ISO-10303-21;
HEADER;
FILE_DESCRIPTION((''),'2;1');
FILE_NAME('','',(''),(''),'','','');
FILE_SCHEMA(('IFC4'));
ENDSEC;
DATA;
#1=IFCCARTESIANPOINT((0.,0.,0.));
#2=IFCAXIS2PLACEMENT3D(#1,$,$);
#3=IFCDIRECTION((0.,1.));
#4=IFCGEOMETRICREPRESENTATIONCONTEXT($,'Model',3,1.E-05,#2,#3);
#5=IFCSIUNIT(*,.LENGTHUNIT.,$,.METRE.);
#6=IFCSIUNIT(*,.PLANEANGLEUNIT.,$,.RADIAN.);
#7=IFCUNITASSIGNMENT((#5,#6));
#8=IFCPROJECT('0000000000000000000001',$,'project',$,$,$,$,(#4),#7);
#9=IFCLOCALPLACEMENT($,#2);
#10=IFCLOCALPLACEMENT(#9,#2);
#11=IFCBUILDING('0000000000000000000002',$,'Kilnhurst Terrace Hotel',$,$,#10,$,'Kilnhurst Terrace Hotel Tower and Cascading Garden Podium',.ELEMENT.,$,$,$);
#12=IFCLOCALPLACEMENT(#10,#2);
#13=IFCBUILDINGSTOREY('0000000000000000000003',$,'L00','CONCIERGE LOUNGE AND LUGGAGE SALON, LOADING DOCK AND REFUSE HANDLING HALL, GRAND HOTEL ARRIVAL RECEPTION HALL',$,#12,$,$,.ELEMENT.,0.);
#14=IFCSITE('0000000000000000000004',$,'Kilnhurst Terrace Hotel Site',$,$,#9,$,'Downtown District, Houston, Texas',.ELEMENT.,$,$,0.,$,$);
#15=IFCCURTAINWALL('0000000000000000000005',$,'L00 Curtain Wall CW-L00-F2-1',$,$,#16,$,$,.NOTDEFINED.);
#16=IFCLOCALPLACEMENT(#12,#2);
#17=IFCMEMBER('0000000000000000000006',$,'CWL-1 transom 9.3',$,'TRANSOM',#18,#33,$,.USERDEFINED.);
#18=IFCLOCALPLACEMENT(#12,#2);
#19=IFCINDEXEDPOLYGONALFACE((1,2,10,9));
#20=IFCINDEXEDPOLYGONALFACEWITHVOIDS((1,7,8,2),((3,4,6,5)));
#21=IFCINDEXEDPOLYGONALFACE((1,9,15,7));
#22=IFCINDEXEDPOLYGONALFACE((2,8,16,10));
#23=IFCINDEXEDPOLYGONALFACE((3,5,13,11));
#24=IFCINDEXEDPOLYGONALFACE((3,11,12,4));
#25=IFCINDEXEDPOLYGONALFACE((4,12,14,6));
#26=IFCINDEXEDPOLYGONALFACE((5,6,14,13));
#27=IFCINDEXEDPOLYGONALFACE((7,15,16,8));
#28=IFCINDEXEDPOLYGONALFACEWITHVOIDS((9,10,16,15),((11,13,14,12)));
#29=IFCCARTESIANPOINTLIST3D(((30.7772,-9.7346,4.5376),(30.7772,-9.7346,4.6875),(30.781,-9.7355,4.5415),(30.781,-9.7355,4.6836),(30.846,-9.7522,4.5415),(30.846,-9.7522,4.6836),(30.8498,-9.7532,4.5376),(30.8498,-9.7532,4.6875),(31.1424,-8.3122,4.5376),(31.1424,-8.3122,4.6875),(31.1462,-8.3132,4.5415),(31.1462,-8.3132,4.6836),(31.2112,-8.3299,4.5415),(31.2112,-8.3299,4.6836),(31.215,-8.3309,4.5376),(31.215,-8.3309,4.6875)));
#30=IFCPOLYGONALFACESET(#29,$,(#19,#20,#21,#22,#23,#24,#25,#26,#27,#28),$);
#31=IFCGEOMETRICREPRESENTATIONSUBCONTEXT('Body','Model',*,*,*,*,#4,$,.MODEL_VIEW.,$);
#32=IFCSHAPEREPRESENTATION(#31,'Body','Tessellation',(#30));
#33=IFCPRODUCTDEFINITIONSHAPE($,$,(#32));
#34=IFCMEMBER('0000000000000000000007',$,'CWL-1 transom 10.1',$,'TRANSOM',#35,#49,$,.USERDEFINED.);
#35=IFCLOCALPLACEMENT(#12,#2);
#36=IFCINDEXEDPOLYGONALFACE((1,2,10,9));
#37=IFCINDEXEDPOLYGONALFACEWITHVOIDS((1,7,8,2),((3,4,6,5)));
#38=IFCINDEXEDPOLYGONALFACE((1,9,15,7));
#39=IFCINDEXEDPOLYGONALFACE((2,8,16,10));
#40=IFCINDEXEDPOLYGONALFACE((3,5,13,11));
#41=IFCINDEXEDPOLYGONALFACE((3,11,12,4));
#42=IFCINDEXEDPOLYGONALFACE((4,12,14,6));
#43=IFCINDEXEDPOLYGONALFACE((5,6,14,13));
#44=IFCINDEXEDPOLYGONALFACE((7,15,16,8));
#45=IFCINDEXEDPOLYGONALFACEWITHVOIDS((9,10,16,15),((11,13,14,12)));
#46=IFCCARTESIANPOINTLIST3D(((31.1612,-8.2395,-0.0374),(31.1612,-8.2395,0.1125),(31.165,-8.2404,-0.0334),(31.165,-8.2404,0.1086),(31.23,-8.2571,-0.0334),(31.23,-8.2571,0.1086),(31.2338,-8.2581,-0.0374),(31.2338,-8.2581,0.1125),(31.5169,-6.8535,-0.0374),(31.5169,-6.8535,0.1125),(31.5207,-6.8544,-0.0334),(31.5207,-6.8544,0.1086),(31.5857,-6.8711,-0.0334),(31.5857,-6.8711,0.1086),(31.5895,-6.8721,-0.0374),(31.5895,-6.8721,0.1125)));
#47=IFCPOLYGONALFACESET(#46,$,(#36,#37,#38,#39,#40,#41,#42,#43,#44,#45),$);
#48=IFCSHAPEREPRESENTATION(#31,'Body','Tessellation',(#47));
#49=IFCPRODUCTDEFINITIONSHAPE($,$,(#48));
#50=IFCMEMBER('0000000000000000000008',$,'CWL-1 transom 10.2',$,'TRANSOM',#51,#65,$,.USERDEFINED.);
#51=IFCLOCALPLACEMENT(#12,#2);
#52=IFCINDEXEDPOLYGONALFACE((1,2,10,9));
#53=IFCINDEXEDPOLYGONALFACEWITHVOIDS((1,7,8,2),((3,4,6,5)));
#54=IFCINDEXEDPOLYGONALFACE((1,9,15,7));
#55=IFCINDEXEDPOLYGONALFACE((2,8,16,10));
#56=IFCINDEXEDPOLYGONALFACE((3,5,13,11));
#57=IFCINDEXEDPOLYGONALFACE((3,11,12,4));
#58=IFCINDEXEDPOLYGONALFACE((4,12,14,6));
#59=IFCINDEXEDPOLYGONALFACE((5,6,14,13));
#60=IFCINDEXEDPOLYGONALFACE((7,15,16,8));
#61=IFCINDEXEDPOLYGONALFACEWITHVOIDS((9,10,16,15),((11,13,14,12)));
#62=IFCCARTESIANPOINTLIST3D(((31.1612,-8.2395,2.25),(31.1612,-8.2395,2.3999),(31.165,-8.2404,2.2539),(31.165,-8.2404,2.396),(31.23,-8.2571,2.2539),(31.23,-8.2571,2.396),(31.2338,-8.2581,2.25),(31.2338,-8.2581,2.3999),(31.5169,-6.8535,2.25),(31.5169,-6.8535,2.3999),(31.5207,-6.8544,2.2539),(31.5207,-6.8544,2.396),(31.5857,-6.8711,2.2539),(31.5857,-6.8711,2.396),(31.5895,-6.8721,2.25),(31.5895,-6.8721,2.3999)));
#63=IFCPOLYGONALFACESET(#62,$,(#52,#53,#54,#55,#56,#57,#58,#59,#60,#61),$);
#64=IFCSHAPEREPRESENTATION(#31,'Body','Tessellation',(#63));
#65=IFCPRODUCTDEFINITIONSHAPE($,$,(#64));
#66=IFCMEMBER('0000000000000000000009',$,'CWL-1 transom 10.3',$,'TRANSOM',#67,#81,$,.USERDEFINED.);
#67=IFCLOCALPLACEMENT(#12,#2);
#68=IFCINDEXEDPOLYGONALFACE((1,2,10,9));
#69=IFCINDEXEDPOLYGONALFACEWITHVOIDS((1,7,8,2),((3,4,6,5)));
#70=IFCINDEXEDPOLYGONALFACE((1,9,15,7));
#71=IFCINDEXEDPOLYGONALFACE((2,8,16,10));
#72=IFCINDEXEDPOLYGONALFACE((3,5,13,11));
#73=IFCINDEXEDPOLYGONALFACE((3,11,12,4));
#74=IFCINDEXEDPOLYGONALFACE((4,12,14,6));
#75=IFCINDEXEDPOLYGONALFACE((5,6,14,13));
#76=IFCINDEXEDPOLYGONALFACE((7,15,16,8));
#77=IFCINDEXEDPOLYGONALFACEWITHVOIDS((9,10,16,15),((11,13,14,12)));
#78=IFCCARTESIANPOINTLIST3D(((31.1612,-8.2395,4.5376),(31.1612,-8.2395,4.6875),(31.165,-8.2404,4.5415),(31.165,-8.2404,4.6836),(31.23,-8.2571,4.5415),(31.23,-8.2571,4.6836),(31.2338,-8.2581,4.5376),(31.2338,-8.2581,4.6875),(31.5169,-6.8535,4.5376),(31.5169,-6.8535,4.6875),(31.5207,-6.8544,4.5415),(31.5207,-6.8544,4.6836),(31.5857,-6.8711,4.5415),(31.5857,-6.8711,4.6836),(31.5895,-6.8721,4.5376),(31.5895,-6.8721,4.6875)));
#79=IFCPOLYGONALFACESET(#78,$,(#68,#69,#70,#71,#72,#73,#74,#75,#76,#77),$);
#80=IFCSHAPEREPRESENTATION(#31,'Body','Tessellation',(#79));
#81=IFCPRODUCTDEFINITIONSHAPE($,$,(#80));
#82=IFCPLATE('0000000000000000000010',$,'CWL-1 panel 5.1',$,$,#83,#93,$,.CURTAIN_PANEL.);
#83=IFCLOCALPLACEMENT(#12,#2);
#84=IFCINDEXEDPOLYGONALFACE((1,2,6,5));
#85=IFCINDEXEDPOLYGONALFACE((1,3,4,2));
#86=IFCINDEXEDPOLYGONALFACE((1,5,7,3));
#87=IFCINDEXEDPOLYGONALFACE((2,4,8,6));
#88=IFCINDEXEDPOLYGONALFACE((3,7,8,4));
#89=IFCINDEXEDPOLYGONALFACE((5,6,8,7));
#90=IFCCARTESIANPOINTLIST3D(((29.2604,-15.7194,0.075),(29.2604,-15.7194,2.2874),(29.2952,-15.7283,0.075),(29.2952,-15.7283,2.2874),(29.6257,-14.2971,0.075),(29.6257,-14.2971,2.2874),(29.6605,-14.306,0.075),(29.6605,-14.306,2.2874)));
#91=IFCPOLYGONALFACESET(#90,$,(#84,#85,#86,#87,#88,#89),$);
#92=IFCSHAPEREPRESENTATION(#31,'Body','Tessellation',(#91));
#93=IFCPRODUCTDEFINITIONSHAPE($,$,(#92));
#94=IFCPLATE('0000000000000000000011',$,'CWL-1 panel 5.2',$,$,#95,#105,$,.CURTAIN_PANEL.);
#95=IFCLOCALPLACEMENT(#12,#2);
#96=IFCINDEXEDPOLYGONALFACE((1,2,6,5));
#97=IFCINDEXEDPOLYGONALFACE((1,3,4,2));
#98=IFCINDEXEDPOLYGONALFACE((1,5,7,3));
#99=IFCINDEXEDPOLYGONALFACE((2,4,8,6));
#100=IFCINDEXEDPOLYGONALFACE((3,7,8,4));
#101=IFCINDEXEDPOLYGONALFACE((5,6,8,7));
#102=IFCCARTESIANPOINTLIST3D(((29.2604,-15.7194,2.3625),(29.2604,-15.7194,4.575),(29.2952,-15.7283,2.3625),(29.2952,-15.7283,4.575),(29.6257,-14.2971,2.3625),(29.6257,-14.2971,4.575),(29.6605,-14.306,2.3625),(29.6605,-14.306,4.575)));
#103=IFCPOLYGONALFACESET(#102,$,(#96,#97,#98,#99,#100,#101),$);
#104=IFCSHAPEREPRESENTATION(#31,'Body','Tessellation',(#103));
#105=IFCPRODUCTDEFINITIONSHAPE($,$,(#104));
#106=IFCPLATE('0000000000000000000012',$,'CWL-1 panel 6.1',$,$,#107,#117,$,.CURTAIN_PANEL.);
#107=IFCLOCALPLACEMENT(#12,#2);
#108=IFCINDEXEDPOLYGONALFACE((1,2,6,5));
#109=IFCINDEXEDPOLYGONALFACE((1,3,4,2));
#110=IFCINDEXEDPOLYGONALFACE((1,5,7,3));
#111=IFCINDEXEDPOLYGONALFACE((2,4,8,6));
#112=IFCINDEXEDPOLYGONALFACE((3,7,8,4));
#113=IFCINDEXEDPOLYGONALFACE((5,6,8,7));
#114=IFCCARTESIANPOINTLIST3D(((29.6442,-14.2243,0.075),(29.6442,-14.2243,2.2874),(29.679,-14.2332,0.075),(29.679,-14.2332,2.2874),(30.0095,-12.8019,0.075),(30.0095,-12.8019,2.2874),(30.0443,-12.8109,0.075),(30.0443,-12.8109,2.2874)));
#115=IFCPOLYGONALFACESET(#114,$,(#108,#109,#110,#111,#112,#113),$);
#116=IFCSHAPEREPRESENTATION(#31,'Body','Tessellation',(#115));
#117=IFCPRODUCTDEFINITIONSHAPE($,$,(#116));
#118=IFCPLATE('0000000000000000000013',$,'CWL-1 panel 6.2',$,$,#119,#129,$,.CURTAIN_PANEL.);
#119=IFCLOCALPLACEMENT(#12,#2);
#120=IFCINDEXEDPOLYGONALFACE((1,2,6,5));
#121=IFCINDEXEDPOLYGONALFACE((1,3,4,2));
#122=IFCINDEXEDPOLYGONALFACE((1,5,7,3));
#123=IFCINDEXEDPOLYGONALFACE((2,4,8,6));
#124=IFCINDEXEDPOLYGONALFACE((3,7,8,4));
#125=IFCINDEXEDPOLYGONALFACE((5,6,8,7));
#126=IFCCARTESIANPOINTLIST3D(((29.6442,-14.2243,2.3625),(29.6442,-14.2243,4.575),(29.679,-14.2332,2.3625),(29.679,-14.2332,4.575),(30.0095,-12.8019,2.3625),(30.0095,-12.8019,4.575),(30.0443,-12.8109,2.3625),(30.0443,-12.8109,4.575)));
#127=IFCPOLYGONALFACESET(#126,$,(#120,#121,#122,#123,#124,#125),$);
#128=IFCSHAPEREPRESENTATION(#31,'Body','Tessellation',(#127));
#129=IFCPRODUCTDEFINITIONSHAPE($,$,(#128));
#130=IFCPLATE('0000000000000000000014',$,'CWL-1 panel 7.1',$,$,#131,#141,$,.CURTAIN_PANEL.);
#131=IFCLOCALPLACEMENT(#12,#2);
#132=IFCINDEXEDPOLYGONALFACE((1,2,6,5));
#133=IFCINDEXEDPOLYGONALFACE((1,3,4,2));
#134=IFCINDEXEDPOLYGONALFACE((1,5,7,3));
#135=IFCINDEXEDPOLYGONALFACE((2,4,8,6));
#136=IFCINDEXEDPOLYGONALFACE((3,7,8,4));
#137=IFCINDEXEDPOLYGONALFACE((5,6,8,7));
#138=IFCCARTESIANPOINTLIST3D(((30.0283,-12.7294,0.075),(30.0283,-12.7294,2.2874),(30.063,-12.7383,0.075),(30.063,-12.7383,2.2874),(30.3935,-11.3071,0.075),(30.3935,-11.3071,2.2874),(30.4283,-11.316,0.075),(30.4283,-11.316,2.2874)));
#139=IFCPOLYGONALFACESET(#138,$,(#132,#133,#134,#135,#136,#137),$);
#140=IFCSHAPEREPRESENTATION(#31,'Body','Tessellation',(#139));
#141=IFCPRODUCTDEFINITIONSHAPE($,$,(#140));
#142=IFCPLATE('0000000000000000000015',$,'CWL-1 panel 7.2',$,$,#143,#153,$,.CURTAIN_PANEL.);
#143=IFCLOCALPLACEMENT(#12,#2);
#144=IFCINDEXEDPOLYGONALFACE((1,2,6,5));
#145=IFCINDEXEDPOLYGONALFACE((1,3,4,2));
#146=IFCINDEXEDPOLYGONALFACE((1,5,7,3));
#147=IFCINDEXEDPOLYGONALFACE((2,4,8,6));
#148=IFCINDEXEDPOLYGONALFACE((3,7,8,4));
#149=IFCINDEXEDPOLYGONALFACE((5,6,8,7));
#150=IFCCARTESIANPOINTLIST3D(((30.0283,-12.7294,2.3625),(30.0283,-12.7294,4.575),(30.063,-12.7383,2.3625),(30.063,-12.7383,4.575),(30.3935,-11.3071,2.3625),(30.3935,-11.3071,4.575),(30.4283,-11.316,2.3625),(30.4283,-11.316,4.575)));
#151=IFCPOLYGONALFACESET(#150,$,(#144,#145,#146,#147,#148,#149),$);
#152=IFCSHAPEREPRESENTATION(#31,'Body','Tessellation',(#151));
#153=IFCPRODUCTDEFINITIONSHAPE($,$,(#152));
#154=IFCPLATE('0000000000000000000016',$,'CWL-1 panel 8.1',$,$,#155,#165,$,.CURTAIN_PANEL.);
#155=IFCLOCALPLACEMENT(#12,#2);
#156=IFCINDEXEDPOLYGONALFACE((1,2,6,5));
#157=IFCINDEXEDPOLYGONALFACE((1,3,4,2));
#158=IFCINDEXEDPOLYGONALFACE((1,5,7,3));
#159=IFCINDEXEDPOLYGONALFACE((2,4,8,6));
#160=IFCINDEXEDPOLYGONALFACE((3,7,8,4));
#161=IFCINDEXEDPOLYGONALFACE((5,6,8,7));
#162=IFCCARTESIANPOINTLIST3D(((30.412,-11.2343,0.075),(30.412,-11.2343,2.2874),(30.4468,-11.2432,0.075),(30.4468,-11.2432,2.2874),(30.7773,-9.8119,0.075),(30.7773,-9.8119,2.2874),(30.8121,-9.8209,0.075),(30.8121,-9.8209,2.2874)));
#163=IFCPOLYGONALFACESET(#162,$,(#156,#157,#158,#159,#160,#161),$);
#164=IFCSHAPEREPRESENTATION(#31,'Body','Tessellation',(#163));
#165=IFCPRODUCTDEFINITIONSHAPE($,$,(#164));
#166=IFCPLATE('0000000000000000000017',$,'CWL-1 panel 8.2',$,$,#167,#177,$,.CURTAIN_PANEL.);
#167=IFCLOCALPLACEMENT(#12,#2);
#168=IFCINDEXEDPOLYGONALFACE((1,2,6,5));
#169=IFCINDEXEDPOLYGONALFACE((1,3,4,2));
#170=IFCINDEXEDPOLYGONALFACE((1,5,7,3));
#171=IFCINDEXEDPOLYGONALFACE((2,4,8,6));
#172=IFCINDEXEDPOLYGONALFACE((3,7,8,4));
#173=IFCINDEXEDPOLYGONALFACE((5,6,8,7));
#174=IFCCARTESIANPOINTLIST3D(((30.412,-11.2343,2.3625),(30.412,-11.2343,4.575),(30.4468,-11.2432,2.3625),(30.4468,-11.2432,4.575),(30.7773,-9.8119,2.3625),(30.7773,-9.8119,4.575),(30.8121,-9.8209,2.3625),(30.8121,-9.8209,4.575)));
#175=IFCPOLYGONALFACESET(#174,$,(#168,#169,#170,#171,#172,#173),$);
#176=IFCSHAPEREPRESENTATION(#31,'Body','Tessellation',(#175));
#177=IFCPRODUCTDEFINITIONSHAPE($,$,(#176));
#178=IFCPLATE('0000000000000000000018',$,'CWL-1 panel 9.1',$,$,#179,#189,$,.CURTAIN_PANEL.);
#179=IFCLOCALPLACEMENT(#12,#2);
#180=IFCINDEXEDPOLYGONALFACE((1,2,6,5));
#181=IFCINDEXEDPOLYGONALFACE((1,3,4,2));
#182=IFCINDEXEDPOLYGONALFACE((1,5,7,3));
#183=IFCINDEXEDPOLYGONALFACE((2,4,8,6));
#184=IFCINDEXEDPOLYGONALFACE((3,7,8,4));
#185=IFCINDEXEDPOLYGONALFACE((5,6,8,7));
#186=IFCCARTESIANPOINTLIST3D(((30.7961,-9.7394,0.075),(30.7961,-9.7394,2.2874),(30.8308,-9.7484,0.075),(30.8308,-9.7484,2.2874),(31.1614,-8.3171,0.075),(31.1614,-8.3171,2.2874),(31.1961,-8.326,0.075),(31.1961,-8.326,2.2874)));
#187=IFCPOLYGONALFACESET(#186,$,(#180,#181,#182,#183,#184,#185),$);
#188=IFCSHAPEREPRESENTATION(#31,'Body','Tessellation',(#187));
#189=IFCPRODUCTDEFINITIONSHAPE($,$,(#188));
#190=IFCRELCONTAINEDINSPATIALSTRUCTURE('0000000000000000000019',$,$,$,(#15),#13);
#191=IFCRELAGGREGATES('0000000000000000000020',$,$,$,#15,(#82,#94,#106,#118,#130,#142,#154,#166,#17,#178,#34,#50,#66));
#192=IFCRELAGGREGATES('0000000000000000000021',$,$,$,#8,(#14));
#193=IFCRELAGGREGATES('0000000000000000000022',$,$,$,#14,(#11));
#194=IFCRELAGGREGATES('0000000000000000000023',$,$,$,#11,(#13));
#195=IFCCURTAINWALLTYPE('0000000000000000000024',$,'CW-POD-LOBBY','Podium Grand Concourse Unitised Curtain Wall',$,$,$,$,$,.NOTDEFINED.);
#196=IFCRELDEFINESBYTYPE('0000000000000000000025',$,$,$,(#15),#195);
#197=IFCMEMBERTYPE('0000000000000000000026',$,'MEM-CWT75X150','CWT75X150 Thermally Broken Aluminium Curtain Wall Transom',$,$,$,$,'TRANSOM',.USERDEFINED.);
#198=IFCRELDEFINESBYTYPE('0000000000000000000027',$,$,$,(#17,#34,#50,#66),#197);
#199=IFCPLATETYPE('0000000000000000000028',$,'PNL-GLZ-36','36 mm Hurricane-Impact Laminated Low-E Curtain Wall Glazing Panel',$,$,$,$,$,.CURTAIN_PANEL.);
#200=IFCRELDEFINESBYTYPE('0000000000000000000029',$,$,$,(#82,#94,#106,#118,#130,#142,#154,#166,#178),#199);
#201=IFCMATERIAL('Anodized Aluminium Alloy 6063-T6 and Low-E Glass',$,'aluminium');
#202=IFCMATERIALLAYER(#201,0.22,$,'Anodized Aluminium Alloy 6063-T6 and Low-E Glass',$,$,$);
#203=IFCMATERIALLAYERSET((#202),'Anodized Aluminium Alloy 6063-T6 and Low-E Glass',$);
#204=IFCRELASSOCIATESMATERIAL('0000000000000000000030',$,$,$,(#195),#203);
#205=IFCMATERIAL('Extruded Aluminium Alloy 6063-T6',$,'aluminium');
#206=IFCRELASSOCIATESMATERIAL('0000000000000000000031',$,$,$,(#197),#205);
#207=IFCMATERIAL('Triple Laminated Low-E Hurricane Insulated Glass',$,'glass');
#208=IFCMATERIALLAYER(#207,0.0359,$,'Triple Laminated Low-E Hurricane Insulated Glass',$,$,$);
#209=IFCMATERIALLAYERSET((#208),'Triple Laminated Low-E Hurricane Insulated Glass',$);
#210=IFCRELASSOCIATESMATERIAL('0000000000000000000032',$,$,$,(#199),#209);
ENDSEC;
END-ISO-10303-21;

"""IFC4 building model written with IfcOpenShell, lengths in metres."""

from ifc_helpers import new_model, si_unit, direction, frame, origin, origin_2d, place, context, subcontext, project, spatial, rectangle, hollow_rectangle, extrude, material, layer, layer_set, material_profile, profile_set, type_object, element, aggregate, save


model = new_model("IFC4")

# Units and contexts
model_context = context("Model", 3, precision=1e-05, world=origin(), true_north=direction((0.0, 1.0)))
body_context = subcontext(model_context, "Body", "Model", "MODEL_VIEW")
ifc_project = project(units=[si_unit("LENGTHUNIT", "METRE"), si_unit("PLANEANGLEUNIT", "RADIAN")], contexts=[model_context])

# Site, building, storey
site_placement = place(None, origin())
site = spatial("IfcSite", under=ifc_project, at=site_placement, Name="Kilnhurst Terrace Hotel Site", LongName="Downtown District, Houston, Texas", CompositionType="ELEMENT", RefElevation=0.0)
building_placement = place(site_placement, origin())
building = spatial("IfcBuilding", under=site, at=building_placement, Name="Kilnhurst Terrace Hotel", LongName="Kilnhurst Terrace Hotel Tower and Cascading Garden Podium", CompositionType="ELEMENT")
storey_placement = place(building_placement, origin())
storey = spatial("IfcBuildingStorey", under=building, at=storey_placement, Name="L00", Description="CONCIERGE LOUNGE AND LUGGAGE SALON, LOADING DOCK AND REFUSE HANDLING HALL, GRAND HOTEL ARRIVAL RECEPTION HALL", CompositionType="ELEMENT", Elevation=0.0)

# Curtain wall, members, plates
ifc_material_1 = material(Name="Anodized Aluminium Alloy 6063-T6 and Low-E Glass", Category="aluminium")
ifc_layer_1 = layer(ifc_material_1, 0.22, Name="Anodized Aluminium Alloy 6063-T6 and Low-E Glass")
ifc_layer_set_1 = layer_set([ifc_layer_1], Name="Anodized Aluminium Alloy 6063-T6 and Low-E Glass")
curtain_wall_type = type_object("IfcCurtainWallType", Name="CW-POD-LOBBY", Description="Podium Grand Concourse Unitised Curtain Wall", PredefinedType="NOTDEFINED", material=ifc_layer_set_1)
curtain_wall_placement = place(storey_placement, origin())
curtain_wall = element("IfcCurtainWall", 1, at=curtain_wall_placement, inside=storey, type_object=curtain_wall_type, Name="L00 Curtain Wall CW-L00-F2-1", PredefinedType="NOTDEFINED")
ifc_material_2 = material(Name="Extruded Aluminium Alloy 6063-T6", Category="aluminium")
ifc_material_profile_1 = material_profile(ifc_material_2, hollow_rectangle(XDim=0.075, YDim=0.1499, WallThickness=0.0039, at=origin_2d()), Name="CWT75X150")
ifc_profile_set_1 = profile_set([ifc_material_profile_1], Name="Extruded Aluminium Alloy 6063-T6")
member_type_1 = type_object("IfcMemberType", Name="MEM-CWT75X150", Description="CWT75X150 Thermally Broken Aluminium Curtain Wall Transom", ElementType="TRANSOM", PredefinedType="USERDEFINED", material=ifc_profile_set_1)
member_1_placement = place(storey_placement, frame((30.8135, -9.7439, 4.6125), z_axis=(0.248711, 0.968578, 0.0), x_axis=(-0.968578, 0.248711, 0.0)))
member_1 = element("IfcMember", 2, at=member_1_placement, type_object=member_type_1, Name="CWL-1 transom 9.3", ObjectType="TRANSOM", PredefinedType="USERDEFINED", context=body_context, shape_type="SweptSolid", body=[
    extrude(hollow_rectangle(XDim=0.075, YDim=0.1499, WallThickness=0.0039, at=origin_2d()), origin(), (0.0, 0.0, 1.0), 1.4685),
])
member_2_placement = place(storey_placement, frame((31.1975, -8.2488, 0.0376), z_axis=(0.248593, 0.968608, 0.0), x_axis=(-0.968608, 0.248593, 0.0)))
member_2 = element("IfcMember", 3, at=member_2_placement, type_object=member_type_1, Name="CWL-1 transom 10.1", ObjectType="TRANSOM", PredefinedType="USERDEFINED", context=body_context, shape_type="SweptSolid", body=[
    extrude(hollow_rectangle(XDim=0.075, YDim=0.1499, WallThickness=0.0039, at=origin_2d()), origin(), (0.0, 0.0, 1.0), 1.4309),
])
member_3_placement = place(storey_placement, frame((31.1975, -8.2488, 2.325), z_axis=(0.248593, 0.968608, 0.0), x_axis=(-0.968608, 0.248593, 0.0)))
member_3 = element("IfcMember", 4, at=member_3_placement, type_object=member_type_1, Name="CWL-1 transom 10.2", ObjectType="TRANSOM", PredefinedType="USERDEFINED", context=body_context, shape_type="SweptSolid", body=[
    extrude(hollow_rectangle(XDim=0.075, YDim=0.1499, WallThickness=0.0039, at=origin_2d()), origin(), (0.0, 0.0, 1.0), 1.4309),
])
member_4_placement = place(storey_placement, frame((31.1975, -8.2488, 4.6125), z_axis=(0.248593, 0.968608, 0.0), x_axis=(-0.968608, 0.248593, 0.0)))
member_4 = element("IfcMember", 5, at=member_4_placement, type_object=member_type_1, Name="CWL-1 transom 10.3", ObjectType="TRANSOM", PredefinedType="USERDEFINED", context=body_context, shape_type="SweptSolid", body=[
    extrude(hollow_rectangle(XDim=0.075, YDim=0.1499, WallThickness=0.0039, at=origin_2d()), origin(), (0.0, 0.0, 1.0), 1.4309),
])
ifc_material_3 = material(Name="Triple Laminated Low-E Hurricane Insulated Glass", Category="glass")
ifc_layer_2 = layer(ifc_material_3, 0.0359, Name="Triple Laminated Low-E Hurricane Insulated Glass")
ifc_layer_set_2 = layer_set([ifc_layer_2], Name="Triple Laminated Low-E Hurricane Insulated Glass")
plate_type = type_object("IfcPlateType", Name="PNL-GLZ-36", Description="36 mm Hurricane-Impact Laminated Low-E Curtain Wall Glazing Panel", PredefinedType="CURTAIN_PANEL", material=ifc_layer_set_2)
plate_1_placement = place(storey_placement, frame((29.4604, -15.0127, 0.075), z_axis=(0.0, 0.0, 1.0), x_axis=(0.24874, 0.96857, 0.0)))
plate_1 = element("IfcPlate", 6, at=plate_1_placement, type_object=plate_type, Name="CWL-1 panel 5.1", PredefinedType="CURTAIN_PANEL", context=body_context, shape_type="SweptSolid", body=[
    extrude(rectangle(XDim=1.4685, YDim=0.0359, at=origin_2d()), origin(), (0.0, 0.0, 1.0), 2.2124),
])
plate_2_placement = place(storey_placement, frame((29.4604, -15.0127, 2.3625), z_axis=(0.0, 0.0, 1.0), x_axis=(0.24874, 0.96857, 0.0)))
plate_2 = element("IfcPlate", 7, at=plate_2_placement, type_object=plate_type, Name="CWL-1 panel 5.2", PredefinedType="CURTAIN_PANEL", context=body_context, shape_type="SweptSolid", body=[
    extrude(rectangle(XDim=1.4685, YDim=0.0359, at=origin_2d()), origin(), (0.0, 0.0, 1.0), 2.2124),
])
plate_3_placement = place(storey_placement, frame((29.8442, -13.5176, 0.075), z_axis=(0.0, 0.0, 1.0), x_axis=(0.24874, 0.96857, 0.0)))
plate_3 = element("IfcPlate", 8, at=plate_3_placement, type_object=plate_type, Name="CWL-1 panel 6.1", PredefinedType="CURTAIN_PANEL", context=body_context, shape_type="SweptSolid", body=[
    extrude(rectangle(XDim=1.4685, YDim=0.0359, at=origin_2d()), origin(), (0.0, 0.0, 1.0), 2.2124),
])
plate_4_placement = place(storey_placement, frame((29.8442, -13.5176, 2.3625), z_axis=(0.0, 0.0, 1.0), x_axis=(0.24874, 0.96857, 0.0)))
plate_4 = element("IfcPlate", 9, at=plate_4_placement, type_object=plate_type, Name="CWL-1 panel 6.2", PredefinedType="CURTAIN_PANEL", context=body_context, shape_type="SweptSolid", body=[
    extrude(rectangle(XDim=1.4685, YDim=0.0359, at=origin_2d()), origin(), (0.0, 0.0, 1.0), 2.2124),
])
plate_5_placement = place(storey_placement, frame((30.2283, -12.0227, 0.075), z_axis=(0.0, 0.0, 1.0), x_axis=(0.24874, 0.96857, 0.0)))
plate_5 = element("IfcPlate", 10, at=plate_5_placement, type_object=plate_type, Name="CWL-1 panel 7.1", PredefinedType="CURTAIN_PANEL", context=body_context, shape_type="SweptSolid", body=[
    extrude(rectangle(XDim=1.4685, YDim=0.0359, at=origin_2d()), origin(), (0.0, 0.0, 1.0), 2.2124),
])
plate_6_placement = place(storey_placement, frame((30.2283, -12.0227, 2.3625), z_axis=(0.0, 0.0, 1.0), x_axis=(0.24874, 0.96857, 0.0)))
plate_6 = element("IfcPlate", 11, at=plate_6_placement, type_object=plate_type, Name="CWL-1 panel 7.2", PredefinedType="CURTAIN_PANEL", context=body_context, shape_type="SweptSolid", body=[
    extrude(rectangle(XDim=1.4685, YDim=0.0359, at=origin_2d()), origin(), (0.0, 0.0, 1.0), 2.2124),
])
plate_7_placement = place(storey_placement, frame((30.6121, -10.5276, 0.075), z_axis=(0.0, 0.0, 1.0), x_axis=(0.24874, 0.96857, 0.0)))
plate_7 = element("IfcPlate", 12, at=plate_7_placement, type_object=plate_type, Name="CWL-1 panel 8.1", PredefinedType="CURTAIN_PANEL", context=body_context, shape_type="SweptSolid", body=[
    extrude(rectangle(XDim=1.4685, YDim=0.0359, at=origin_2d()), origin(), (0.0, 0.0, 1.0), 2.2124),
])
plate_8_placement = place(storey_placement, frame((30.6121, -10.5276, 2.3625), z_axis=(0.0, 0.0, 1.0), x_axis=(0.24874, 0.96857, 0.0)))
plate_8 = element("IfcPlate", 13, at=plate_8_placement, type_object=plate_type, Name="CWL-1 panel 8.2", PredefinedType="CURTAIN_PANEL", context=body_context, shape_type="SweptSolid", body=[
    extrude(rectangle(XDim=1.4685, YDim=0.0359, at=origin_2d()), origin(), (0.0, 0.0, 1.0), 2.2124),
])
plate_9_placement = place(storey_placement, frame((30.9961, -9.0327, 0.075), z_axis=(0.0, 0.0, 1.0), x_axis=(0.24874, 0.96857, 0.0)))
plate_9 = element("IfcPlate", 14, at=plate_9_placement, type_object=plate_type, Name="CWL-1 panel 9.1", PredefinedType="CURTAIN_PANEL", context=body_context, shape_type="SweptSolid", body=[
    extrude(rectangle(XDim=1.4685, YDim=0.0359, at=origin_2d()), origin(), (0.0, 0.0, 1.0), 2.2124),
])
aggregate(curtain_wall, [plate_1, plate_2, plate_3, plate_4, plate_5, plate_6, plate_7, plate_8, member_1, plate_9, member_2, member_3, member_4])

save(model, "model.ifc")
